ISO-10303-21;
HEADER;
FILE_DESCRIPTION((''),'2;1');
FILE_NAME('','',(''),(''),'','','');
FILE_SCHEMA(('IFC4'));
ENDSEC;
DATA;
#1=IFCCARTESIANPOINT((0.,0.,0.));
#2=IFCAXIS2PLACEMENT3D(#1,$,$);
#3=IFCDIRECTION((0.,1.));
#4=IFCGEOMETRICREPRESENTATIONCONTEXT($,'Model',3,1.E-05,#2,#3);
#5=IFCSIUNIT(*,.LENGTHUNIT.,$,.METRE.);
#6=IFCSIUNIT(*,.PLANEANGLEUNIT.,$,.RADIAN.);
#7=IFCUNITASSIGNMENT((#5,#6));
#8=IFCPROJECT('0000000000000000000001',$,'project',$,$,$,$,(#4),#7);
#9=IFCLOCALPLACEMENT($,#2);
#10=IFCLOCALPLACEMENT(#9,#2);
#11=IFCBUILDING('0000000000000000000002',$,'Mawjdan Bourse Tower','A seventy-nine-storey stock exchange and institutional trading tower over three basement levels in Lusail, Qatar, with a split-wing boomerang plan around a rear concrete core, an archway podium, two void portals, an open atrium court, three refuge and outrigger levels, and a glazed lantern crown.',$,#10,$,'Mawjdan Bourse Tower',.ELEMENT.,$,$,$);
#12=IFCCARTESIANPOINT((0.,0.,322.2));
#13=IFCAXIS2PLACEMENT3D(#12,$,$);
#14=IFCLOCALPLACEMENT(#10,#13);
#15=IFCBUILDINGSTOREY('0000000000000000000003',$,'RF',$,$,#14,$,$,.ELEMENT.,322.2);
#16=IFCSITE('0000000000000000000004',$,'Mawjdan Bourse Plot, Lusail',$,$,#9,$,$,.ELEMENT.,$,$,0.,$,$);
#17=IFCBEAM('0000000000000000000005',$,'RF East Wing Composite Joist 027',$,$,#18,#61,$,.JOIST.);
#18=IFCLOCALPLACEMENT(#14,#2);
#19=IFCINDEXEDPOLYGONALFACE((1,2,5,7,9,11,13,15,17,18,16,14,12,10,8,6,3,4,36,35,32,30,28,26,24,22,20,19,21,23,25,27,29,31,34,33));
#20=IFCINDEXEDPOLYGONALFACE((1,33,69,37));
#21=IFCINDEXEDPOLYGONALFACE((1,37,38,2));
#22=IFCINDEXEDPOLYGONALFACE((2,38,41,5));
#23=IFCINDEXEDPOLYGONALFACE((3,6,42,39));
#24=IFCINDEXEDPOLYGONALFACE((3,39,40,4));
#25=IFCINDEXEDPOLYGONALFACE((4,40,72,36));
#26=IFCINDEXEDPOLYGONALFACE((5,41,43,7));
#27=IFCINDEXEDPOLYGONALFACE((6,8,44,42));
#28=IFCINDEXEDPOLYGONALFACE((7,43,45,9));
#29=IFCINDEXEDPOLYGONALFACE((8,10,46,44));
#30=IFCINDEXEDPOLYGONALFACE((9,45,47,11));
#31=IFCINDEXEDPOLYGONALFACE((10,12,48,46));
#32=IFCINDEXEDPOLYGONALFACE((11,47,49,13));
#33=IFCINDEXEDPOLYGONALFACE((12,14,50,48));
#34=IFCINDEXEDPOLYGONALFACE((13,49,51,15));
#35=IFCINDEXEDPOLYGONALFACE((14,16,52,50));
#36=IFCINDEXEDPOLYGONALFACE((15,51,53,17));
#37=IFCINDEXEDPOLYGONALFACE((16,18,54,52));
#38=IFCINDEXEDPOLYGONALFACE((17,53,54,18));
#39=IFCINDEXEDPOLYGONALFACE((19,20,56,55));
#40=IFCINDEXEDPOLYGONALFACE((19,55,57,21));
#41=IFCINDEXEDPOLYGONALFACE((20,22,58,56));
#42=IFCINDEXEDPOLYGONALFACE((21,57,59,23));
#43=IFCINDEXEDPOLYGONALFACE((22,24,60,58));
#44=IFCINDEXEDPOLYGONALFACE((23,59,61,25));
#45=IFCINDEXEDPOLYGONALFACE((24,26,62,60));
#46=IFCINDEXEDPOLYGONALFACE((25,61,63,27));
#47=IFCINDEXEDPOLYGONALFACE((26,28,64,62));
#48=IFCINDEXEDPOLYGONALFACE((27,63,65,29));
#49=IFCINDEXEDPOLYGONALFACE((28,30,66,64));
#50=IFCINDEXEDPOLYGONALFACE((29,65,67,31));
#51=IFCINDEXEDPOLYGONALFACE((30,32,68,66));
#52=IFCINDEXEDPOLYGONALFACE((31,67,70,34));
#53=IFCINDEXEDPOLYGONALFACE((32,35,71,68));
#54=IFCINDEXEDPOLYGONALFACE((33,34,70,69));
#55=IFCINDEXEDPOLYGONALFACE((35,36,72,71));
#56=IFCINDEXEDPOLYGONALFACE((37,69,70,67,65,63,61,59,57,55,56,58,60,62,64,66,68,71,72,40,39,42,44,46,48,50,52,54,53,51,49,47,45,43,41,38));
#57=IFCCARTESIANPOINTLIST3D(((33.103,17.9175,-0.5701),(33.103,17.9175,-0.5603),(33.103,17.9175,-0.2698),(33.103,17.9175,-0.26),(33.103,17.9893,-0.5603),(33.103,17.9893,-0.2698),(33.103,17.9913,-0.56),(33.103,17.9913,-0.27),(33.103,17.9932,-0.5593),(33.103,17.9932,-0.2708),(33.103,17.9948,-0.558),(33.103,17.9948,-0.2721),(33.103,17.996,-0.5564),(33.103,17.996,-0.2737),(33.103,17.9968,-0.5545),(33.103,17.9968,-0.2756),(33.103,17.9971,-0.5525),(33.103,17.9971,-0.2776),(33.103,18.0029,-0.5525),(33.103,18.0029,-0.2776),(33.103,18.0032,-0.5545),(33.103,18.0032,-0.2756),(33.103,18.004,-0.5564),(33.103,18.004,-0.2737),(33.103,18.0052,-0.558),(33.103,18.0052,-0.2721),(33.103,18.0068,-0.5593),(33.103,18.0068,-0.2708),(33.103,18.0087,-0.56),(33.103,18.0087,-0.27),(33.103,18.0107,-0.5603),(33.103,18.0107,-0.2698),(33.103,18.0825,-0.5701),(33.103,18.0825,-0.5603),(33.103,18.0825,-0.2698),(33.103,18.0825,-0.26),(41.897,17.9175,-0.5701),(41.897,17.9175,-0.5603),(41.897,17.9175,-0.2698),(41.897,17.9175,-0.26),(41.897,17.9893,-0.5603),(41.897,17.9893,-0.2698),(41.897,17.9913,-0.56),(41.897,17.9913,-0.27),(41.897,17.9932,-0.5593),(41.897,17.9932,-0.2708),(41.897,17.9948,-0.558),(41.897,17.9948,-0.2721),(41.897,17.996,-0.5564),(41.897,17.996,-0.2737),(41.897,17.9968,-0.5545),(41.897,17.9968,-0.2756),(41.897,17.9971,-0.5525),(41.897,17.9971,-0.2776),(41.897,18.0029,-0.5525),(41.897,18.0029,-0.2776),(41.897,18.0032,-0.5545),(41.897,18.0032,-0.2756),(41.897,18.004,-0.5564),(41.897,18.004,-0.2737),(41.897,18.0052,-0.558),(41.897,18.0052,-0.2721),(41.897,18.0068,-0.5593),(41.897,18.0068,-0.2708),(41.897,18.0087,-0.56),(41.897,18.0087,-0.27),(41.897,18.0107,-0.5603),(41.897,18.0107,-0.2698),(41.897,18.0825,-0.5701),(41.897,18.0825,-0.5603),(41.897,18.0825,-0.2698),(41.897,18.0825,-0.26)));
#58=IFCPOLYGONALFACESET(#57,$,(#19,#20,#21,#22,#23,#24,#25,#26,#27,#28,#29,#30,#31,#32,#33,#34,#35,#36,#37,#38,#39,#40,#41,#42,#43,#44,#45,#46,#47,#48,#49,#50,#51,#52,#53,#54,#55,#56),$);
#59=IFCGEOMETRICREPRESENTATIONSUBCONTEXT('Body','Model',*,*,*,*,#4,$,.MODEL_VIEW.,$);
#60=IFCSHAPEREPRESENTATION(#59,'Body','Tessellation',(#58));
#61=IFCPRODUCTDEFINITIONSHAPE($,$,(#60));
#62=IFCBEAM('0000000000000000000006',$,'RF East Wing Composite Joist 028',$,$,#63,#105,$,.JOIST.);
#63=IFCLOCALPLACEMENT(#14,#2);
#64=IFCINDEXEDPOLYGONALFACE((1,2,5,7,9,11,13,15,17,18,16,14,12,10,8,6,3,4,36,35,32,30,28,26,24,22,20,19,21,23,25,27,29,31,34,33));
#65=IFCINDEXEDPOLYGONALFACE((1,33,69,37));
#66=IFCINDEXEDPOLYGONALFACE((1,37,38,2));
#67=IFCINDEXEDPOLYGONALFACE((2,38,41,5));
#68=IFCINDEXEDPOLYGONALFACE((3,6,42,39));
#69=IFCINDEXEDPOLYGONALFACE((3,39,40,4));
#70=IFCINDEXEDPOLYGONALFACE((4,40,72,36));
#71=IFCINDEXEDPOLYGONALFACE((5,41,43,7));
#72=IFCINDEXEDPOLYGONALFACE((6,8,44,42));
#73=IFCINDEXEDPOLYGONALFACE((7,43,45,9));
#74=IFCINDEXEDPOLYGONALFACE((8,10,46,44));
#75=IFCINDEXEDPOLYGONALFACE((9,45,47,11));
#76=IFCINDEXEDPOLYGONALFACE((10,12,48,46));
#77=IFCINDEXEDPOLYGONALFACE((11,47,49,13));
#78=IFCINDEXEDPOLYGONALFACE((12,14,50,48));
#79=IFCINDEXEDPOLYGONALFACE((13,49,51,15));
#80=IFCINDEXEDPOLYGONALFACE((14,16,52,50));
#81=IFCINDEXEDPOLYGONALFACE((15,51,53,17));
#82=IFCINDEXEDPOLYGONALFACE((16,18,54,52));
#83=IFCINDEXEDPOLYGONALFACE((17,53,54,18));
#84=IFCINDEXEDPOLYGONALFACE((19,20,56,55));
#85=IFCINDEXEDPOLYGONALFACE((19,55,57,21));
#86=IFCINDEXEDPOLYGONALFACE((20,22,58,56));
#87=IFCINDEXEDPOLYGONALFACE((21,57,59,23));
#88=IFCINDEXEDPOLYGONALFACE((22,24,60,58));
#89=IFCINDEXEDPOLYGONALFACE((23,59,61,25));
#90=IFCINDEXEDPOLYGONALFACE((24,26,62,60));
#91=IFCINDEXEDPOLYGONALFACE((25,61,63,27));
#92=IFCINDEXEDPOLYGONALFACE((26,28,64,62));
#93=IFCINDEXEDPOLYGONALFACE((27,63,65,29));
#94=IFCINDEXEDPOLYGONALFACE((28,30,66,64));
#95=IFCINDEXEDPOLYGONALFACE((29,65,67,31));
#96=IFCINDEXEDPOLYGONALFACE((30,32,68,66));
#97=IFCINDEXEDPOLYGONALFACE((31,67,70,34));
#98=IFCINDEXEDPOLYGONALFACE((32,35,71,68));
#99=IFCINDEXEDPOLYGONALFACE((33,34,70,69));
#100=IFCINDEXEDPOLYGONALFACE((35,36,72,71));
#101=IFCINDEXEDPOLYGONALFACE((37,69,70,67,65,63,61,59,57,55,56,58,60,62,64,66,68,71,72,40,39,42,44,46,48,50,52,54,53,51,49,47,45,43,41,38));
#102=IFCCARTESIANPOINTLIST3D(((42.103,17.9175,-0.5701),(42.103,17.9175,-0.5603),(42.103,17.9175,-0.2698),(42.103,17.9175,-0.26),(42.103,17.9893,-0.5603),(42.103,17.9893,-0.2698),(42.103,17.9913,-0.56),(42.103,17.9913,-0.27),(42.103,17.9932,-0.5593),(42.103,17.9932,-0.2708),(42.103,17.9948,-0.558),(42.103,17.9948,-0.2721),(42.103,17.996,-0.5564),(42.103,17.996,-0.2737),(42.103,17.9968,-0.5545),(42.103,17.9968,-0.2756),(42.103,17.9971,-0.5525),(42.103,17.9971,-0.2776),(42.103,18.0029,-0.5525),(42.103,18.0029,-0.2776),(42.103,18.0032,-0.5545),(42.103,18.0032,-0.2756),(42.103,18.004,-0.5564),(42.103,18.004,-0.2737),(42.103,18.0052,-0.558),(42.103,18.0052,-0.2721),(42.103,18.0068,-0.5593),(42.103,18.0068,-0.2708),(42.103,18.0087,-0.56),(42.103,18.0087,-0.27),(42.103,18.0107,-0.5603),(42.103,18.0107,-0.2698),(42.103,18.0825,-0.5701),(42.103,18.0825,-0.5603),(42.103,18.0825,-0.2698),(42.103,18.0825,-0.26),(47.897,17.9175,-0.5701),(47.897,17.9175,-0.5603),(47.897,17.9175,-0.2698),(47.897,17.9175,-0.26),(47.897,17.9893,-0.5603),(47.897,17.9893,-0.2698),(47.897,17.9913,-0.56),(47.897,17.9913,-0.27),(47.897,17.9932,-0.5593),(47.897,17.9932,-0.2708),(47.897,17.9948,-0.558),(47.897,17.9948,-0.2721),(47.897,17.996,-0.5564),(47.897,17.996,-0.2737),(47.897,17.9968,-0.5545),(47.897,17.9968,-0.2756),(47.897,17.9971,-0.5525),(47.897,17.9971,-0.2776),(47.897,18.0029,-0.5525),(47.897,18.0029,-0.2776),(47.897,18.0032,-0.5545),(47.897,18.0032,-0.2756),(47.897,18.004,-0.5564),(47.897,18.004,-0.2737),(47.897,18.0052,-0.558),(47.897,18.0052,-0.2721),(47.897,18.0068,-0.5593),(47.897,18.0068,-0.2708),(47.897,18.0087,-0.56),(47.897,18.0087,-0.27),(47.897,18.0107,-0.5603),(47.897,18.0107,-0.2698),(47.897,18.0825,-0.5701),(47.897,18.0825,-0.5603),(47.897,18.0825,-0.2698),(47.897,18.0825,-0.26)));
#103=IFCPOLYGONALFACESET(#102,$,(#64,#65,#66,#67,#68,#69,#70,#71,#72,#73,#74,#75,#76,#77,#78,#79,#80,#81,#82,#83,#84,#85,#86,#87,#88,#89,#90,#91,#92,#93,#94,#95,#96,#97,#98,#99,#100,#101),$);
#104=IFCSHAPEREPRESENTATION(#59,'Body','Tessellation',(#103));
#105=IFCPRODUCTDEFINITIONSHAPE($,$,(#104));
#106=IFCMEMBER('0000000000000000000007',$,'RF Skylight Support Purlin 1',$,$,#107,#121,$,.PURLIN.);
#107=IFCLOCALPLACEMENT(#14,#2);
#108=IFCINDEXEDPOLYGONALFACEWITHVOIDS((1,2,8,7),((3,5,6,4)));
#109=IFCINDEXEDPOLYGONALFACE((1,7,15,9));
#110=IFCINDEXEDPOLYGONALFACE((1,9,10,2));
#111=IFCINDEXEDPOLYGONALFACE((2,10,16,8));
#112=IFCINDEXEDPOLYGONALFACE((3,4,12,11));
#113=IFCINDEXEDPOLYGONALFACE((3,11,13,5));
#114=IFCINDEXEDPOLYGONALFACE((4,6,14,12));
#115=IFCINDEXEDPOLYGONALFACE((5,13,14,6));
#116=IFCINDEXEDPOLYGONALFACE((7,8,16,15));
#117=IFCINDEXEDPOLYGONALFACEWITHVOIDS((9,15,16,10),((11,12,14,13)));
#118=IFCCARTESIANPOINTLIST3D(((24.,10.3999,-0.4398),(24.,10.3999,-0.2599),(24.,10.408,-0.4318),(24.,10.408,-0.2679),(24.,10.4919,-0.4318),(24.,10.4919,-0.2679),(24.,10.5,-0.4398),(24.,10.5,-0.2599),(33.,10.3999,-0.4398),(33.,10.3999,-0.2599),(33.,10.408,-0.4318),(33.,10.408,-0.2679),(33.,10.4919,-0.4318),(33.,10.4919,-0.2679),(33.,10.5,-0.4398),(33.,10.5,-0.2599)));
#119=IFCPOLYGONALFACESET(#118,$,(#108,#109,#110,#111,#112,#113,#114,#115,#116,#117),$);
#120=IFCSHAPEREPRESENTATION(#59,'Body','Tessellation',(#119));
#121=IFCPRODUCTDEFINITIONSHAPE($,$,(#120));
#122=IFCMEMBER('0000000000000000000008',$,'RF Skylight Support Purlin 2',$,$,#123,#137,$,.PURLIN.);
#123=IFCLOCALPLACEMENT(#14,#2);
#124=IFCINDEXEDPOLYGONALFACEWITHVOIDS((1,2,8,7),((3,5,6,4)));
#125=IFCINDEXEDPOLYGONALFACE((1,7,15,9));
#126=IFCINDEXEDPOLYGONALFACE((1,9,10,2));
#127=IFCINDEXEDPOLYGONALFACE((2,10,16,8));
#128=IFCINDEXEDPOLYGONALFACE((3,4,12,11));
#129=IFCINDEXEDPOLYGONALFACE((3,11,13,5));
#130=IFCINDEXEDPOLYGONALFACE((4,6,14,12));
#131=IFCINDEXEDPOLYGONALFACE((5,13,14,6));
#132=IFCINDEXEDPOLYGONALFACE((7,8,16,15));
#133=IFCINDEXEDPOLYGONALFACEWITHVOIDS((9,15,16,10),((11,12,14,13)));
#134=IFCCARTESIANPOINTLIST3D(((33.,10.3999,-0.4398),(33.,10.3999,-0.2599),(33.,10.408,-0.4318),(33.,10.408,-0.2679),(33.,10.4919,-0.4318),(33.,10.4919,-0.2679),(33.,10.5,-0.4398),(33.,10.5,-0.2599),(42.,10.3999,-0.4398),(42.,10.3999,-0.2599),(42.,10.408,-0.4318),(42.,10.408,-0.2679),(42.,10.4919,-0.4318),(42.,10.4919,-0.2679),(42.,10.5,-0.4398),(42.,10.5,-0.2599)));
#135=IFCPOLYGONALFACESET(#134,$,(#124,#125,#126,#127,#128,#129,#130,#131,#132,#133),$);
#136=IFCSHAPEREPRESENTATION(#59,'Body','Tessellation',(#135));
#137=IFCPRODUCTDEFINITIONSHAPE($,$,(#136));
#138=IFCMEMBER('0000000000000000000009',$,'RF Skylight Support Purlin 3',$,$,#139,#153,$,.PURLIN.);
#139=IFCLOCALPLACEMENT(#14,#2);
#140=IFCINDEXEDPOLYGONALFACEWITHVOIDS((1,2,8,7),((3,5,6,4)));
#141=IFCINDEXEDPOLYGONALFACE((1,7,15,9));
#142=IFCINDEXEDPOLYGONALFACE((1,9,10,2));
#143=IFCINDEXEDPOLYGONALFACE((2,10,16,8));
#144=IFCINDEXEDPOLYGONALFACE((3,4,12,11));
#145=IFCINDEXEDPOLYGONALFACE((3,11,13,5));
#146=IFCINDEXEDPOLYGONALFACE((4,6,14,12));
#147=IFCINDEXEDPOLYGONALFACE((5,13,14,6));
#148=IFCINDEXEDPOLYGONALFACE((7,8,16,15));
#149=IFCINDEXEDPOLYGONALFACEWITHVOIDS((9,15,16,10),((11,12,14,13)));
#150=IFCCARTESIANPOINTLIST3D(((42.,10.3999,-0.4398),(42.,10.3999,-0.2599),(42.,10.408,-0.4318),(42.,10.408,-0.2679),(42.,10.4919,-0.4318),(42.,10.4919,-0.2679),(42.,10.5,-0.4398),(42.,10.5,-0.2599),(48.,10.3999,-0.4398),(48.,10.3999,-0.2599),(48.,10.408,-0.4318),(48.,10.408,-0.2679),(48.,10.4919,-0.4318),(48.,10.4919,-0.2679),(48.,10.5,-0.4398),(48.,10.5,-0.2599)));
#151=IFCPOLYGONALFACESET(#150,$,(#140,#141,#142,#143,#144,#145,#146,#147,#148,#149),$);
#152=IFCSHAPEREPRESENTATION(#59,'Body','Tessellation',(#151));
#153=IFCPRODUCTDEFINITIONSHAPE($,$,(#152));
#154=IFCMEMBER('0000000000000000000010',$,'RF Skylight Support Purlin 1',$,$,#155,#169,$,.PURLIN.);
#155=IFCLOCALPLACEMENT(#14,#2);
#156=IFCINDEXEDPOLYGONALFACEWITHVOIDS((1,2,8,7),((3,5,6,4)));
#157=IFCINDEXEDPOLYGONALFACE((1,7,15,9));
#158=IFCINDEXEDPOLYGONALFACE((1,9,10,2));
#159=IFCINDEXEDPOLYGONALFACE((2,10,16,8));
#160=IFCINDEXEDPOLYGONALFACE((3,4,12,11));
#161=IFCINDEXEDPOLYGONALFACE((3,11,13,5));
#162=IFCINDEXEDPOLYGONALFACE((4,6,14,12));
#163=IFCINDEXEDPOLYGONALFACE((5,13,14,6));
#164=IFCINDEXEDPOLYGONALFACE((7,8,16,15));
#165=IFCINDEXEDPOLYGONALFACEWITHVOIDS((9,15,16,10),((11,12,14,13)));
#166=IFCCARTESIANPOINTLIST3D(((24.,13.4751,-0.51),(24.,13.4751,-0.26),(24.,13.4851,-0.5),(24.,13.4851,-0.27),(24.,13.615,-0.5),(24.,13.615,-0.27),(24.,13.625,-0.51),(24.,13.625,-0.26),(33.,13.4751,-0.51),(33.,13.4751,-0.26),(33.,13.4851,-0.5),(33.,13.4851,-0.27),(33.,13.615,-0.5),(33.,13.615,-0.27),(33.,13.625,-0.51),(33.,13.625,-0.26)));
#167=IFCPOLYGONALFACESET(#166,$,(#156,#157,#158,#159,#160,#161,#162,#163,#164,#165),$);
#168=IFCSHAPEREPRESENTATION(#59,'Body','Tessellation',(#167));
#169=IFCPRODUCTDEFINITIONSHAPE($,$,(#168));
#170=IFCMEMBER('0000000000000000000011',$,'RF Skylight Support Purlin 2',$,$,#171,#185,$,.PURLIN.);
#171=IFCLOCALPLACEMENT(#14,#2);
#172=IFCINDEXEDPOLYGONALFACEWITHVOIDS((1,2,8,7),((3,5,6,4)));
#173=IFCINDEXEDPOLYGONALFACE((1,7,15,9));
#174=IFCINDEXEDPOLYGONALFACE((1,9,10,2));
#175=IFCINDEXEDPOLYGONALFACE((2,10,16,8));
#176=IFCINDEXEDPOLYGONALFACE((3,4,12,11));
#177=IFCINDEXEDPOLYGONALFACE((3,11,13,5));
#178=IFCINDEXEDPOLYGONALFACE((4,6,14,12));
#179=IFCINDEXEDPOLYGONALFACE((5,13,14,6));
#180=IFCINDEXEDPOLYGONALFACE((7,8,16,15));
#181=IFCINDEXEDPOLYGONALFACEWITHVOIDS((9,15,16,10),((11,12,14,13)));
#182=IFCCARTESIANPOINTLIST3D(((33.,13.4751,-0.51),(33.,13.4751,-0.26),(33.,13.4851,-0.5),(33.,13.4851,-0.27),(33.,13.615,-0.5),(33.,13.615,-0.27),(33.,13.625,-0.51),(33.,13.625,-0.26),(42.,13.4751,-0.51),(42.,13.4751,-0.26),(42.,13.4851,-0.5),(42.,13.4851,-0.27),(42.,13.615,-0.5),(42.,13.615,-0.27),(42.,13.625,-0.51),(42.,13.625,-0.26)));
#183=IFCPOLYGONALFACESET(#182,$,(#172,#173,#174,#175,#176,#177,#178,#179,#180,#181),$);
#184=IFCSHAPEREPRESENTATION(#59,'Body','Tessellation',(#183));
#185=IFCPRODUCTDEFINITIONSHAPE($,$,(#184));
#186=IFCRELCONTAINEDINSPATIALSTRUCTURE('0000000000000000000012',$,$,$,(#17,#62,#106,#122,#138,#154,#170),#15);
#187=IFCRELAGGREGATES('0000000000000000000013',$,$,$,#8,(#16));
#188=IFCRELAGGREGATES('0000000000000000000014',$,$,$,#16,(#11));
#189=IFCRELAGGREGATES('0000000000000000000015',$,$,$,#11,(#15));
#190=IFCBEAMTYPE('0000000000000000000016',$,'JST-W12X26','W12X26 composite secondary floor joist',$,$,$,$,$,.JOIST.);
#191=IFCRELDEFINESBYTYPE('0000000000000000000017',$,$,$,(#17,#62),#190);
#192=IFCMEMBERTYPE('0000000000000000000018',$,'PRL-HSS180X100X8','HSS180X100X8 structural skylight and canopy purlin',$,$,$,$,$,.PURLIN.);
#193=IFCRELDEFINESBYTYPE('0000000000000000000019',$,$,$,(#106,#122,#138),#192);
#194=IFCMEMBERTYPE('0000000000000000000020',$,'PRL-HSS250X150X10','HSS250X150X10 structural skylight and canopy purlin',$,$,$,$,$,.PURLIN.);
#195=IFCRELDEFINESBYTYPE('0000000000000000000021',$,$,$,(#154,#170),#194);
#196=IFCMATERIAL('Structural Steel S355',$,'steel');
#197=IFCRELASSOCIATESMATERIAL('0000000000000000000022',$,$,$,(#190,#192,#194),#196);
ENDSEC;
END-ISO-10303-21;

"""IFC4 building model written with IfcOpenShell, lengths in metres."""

from ifc_helpers import new_model, si_unit, direction, frame, origin, origin_2d, place, context, subcontext, project, spatial, hollow_rectangle, i_section, extrude, material, material_profile, profile_set, type_object, element, save


model = new_model("IFC4")

# Units and contexts
model_context = context("Model", 3, precision=1e-05, world=origin(), true_north=direction((0.0, 1.0)))
body_context = subcontext(model_context, "Body", "Model", "MODEL_VIEW")
ifc_project = project(units=[si_unit("LENGTHUNIT", "METRE"), si_unit("PLANEANGLEUNIT", "RADIAN")], contexts=[model_context])

# Site, building, storey
site_placement = place(None, origin())
site = spatial("IfcSite", under=ifc_project, at=site_placement, Name="Mawjdan Bourse Plot, Lusail", CompositionType="ELEMENT", RefElevation=0.0)
building_placement = place(site_placement, origin())
building = spatial("IfcBuilding", under=site, at=building_placement, Name="Mawjdan Bourse Tower", Description="A seventy-nine-storey stock exchange and institutional trading tower over three basement levels in Lusail, Qatar, with a split-wing boomerang plan around a rear concrete core, an archway podium, two void portals, an open atrium court, three refuge and outrigger levels, and a glazed lantern crown.", LongName="Mawjdan Bourse Tower", CompositionType="ELEMENT")
storey_placement = place(building_placement, frame((0.0, 0.0, 322.2)))
storey = spatial("IfcBuildingStorey", under=building, at=storey_placement, Name="RF", CompositionType="ELEMENT", Elevation=322.2)

# Beams
ifc_material_1 = material(Name="Structural Steel S355", Category="steel")
ifc_material_profile_1 = material_profile(ifc_material_1, i_section(OverallWidth=0.165, OverallDepth=0.3101, WebThickness=0.0059, FlangeThickness=0.0098, FilletRadius=0.0078, at=origin_2d()), Name="W12X26")
ifc_profile_set_1 = profile_set([ifc_material_profile_1], Name="Structural Steel S355")
beam_type_1 = type_object("IfcBeamType", Name="JST-W12X26", Description="W12X26 composite secondary floor joist", PredefinedType="JOIST", material=ifc_profile_set_1)
for number, where, z_axis, x_axis, name in (
    (1, (33.103, 18.0, -0.415), (1.0, 0.0, 0.0), (0.0, 1.0, 0.0), "RF East Wing Composite Joist 027"),
):
    element("IfcBeam", number, at=place(storey_placement, frame(where, z_axis=z_axis, x_axis=x_axis)), inside=storey, type_object=beam_type_1, Name=name, PredefinedType="JOIST", context=body_context, shape_type="SweptSolid", body=[
        extrude(i_section(OverallWidth=0.165, OverallDepth=0.3101, WebThickness=0.0059, FlangeThickness=0.0098, FilletRadius=0.0078, at=origin_2d()), origin(), (0.0, 0.0, 1.0), 8.7939),
    ])
beam_1_placement = place(storey_placement, frame((42.103, 18.0, -0.415), z_axis=(1.0, 0.0, 0.0), x_axis=(0.0, 1.0, 0.0)))
element("IfcBeam", 2, at=beam_1_placement, inside=storey, type_object=beam_type_1, Name="RF East Wing Composite Joist 028", PredefinedType="JOIST", context=body_context, shape_type="SweptSolid", body=[
    extrude(i_section(OverallWidth=0.165, OverallDepth=0.3101, WebThickness=0.0059, FlangeThickness=0.0098, FilletRadius=0.0078, at=origin_2d()), origin(), (0.0, 0.0, 1.0), 5.7939),
])

# Members
ifc_material_profile_2 = material_profile(ifc_material_1, hollow_rectangle(XDim=0.1001, YDim=0.1799, WallThickness=0.0081, at=origin_2d()), Name="HSS180X100X8")
ifc_profile_set_2 = profile_set([ifc_material_profile_2], Name="Structural Steel S355")
member_type_1 = type_object("IfcMemberType", Name="PRL-HSS180X100X8", Description="HSS180X100X8 structural skylight and canopy purlin", PredefinedType="PURLIN", material=ifc_profile_set_2)
for number, where, z_axis, x_axis, name in (
    (3, (24.0, 10.45, -0.3499), (1.0, 0.0, 0.0), (0.0, 1.0, 0.0), "RF Skylight Support Purlin 1"),
    (4, (33.0, 10.45, -0.3499), (1.0, 0.0, 0.0), (0.0, 1.0, 0.0), "RF Skylight Support Purlin 2"),
):
    element("IfcMember", number, at=place(storey_placement, frame(where, z_axis=z_axis, x_axis=x_axis)), inside=storey, type_object=member_type_1, Name=name, PredefinedType="PURLIN", context=body_context, shape_type="SweptSolid", body=[
        extrude(hollow_rectangle(XDim=0.1001, YDim=0.1799, WallThickness=0.0081, at=origin_2d()), origin(), (0.0, 0.0, 1.0), 9.0),
    ])
member_1_placement = place(storey_placement, frame((42.0, 10.45, -0.3499), z_axis=(1.0, 0.0, 0.0), x_axis=(0.0, 1.0, 0.0)))
element("IfcMember", 5, at=member_1_placement, inside=storey, type_object=member_type_1, Name="RF Skylight Support Purlin 3", PredefinedType="PURLIN", context=body_context, shape_type="SweptSolid", body=[
    extrude(hollow_rectangle(XDim=0.1001, YDim=0.1799, WallThickness=0.0081, at=origin_2d()), origin(), (0.0, 0.0, 1.0), 6.0),
])
ifc_material_profile_3 = material_profile(ifc_material_1, hollow_rectangle(XDim=0.1499, YDim=0.25, WallThickness=0.01, at=origin_2d()), Name="HSS250X150X10")
ifc_profile_set_3 = profile_set([ifc_material_profile_3], Name="Structural Steel S355")
member_type_2 = type_object("IfcMemberType", Name="PRL-HSS250X150X10", Description="HSS250X150X10 structural skylight and canopy purlin", PredefinedType="PURLIN", material=ifc_profile_set_3)
for number, where, z_axis, x_axis, name in (
    (6, (24.0, 13.55, -0.385), (1.0, 0.0, 0.0), (0.0, 1.0, 0.0), "RF Skylight Support Purlin 1"),
    (7, (33.0, 13.55, -0.385), (1.0, 0.0, 0.0), (0.0, 1.0, 0.0), "RF Skylight Support Purlin 2"),
):
    element("IfcMember", number, at=place(storey_placement, frame(where, z_axis=z_axis, x_axis=x_axis)), inside=storey, type_object=member_type_2, Name=name, PredefinedType="PURLIN", context=body_context, shape_type="SweptSolid", body=[
        extrude(hollow_rectangle(XDim=0.1499, YDim=0.25, WallThickness=0.01, at=origin_2d()), origin(), (0.0, 0.0, 1.0), 9.0),
    ])

save(model, "model.ifc")
